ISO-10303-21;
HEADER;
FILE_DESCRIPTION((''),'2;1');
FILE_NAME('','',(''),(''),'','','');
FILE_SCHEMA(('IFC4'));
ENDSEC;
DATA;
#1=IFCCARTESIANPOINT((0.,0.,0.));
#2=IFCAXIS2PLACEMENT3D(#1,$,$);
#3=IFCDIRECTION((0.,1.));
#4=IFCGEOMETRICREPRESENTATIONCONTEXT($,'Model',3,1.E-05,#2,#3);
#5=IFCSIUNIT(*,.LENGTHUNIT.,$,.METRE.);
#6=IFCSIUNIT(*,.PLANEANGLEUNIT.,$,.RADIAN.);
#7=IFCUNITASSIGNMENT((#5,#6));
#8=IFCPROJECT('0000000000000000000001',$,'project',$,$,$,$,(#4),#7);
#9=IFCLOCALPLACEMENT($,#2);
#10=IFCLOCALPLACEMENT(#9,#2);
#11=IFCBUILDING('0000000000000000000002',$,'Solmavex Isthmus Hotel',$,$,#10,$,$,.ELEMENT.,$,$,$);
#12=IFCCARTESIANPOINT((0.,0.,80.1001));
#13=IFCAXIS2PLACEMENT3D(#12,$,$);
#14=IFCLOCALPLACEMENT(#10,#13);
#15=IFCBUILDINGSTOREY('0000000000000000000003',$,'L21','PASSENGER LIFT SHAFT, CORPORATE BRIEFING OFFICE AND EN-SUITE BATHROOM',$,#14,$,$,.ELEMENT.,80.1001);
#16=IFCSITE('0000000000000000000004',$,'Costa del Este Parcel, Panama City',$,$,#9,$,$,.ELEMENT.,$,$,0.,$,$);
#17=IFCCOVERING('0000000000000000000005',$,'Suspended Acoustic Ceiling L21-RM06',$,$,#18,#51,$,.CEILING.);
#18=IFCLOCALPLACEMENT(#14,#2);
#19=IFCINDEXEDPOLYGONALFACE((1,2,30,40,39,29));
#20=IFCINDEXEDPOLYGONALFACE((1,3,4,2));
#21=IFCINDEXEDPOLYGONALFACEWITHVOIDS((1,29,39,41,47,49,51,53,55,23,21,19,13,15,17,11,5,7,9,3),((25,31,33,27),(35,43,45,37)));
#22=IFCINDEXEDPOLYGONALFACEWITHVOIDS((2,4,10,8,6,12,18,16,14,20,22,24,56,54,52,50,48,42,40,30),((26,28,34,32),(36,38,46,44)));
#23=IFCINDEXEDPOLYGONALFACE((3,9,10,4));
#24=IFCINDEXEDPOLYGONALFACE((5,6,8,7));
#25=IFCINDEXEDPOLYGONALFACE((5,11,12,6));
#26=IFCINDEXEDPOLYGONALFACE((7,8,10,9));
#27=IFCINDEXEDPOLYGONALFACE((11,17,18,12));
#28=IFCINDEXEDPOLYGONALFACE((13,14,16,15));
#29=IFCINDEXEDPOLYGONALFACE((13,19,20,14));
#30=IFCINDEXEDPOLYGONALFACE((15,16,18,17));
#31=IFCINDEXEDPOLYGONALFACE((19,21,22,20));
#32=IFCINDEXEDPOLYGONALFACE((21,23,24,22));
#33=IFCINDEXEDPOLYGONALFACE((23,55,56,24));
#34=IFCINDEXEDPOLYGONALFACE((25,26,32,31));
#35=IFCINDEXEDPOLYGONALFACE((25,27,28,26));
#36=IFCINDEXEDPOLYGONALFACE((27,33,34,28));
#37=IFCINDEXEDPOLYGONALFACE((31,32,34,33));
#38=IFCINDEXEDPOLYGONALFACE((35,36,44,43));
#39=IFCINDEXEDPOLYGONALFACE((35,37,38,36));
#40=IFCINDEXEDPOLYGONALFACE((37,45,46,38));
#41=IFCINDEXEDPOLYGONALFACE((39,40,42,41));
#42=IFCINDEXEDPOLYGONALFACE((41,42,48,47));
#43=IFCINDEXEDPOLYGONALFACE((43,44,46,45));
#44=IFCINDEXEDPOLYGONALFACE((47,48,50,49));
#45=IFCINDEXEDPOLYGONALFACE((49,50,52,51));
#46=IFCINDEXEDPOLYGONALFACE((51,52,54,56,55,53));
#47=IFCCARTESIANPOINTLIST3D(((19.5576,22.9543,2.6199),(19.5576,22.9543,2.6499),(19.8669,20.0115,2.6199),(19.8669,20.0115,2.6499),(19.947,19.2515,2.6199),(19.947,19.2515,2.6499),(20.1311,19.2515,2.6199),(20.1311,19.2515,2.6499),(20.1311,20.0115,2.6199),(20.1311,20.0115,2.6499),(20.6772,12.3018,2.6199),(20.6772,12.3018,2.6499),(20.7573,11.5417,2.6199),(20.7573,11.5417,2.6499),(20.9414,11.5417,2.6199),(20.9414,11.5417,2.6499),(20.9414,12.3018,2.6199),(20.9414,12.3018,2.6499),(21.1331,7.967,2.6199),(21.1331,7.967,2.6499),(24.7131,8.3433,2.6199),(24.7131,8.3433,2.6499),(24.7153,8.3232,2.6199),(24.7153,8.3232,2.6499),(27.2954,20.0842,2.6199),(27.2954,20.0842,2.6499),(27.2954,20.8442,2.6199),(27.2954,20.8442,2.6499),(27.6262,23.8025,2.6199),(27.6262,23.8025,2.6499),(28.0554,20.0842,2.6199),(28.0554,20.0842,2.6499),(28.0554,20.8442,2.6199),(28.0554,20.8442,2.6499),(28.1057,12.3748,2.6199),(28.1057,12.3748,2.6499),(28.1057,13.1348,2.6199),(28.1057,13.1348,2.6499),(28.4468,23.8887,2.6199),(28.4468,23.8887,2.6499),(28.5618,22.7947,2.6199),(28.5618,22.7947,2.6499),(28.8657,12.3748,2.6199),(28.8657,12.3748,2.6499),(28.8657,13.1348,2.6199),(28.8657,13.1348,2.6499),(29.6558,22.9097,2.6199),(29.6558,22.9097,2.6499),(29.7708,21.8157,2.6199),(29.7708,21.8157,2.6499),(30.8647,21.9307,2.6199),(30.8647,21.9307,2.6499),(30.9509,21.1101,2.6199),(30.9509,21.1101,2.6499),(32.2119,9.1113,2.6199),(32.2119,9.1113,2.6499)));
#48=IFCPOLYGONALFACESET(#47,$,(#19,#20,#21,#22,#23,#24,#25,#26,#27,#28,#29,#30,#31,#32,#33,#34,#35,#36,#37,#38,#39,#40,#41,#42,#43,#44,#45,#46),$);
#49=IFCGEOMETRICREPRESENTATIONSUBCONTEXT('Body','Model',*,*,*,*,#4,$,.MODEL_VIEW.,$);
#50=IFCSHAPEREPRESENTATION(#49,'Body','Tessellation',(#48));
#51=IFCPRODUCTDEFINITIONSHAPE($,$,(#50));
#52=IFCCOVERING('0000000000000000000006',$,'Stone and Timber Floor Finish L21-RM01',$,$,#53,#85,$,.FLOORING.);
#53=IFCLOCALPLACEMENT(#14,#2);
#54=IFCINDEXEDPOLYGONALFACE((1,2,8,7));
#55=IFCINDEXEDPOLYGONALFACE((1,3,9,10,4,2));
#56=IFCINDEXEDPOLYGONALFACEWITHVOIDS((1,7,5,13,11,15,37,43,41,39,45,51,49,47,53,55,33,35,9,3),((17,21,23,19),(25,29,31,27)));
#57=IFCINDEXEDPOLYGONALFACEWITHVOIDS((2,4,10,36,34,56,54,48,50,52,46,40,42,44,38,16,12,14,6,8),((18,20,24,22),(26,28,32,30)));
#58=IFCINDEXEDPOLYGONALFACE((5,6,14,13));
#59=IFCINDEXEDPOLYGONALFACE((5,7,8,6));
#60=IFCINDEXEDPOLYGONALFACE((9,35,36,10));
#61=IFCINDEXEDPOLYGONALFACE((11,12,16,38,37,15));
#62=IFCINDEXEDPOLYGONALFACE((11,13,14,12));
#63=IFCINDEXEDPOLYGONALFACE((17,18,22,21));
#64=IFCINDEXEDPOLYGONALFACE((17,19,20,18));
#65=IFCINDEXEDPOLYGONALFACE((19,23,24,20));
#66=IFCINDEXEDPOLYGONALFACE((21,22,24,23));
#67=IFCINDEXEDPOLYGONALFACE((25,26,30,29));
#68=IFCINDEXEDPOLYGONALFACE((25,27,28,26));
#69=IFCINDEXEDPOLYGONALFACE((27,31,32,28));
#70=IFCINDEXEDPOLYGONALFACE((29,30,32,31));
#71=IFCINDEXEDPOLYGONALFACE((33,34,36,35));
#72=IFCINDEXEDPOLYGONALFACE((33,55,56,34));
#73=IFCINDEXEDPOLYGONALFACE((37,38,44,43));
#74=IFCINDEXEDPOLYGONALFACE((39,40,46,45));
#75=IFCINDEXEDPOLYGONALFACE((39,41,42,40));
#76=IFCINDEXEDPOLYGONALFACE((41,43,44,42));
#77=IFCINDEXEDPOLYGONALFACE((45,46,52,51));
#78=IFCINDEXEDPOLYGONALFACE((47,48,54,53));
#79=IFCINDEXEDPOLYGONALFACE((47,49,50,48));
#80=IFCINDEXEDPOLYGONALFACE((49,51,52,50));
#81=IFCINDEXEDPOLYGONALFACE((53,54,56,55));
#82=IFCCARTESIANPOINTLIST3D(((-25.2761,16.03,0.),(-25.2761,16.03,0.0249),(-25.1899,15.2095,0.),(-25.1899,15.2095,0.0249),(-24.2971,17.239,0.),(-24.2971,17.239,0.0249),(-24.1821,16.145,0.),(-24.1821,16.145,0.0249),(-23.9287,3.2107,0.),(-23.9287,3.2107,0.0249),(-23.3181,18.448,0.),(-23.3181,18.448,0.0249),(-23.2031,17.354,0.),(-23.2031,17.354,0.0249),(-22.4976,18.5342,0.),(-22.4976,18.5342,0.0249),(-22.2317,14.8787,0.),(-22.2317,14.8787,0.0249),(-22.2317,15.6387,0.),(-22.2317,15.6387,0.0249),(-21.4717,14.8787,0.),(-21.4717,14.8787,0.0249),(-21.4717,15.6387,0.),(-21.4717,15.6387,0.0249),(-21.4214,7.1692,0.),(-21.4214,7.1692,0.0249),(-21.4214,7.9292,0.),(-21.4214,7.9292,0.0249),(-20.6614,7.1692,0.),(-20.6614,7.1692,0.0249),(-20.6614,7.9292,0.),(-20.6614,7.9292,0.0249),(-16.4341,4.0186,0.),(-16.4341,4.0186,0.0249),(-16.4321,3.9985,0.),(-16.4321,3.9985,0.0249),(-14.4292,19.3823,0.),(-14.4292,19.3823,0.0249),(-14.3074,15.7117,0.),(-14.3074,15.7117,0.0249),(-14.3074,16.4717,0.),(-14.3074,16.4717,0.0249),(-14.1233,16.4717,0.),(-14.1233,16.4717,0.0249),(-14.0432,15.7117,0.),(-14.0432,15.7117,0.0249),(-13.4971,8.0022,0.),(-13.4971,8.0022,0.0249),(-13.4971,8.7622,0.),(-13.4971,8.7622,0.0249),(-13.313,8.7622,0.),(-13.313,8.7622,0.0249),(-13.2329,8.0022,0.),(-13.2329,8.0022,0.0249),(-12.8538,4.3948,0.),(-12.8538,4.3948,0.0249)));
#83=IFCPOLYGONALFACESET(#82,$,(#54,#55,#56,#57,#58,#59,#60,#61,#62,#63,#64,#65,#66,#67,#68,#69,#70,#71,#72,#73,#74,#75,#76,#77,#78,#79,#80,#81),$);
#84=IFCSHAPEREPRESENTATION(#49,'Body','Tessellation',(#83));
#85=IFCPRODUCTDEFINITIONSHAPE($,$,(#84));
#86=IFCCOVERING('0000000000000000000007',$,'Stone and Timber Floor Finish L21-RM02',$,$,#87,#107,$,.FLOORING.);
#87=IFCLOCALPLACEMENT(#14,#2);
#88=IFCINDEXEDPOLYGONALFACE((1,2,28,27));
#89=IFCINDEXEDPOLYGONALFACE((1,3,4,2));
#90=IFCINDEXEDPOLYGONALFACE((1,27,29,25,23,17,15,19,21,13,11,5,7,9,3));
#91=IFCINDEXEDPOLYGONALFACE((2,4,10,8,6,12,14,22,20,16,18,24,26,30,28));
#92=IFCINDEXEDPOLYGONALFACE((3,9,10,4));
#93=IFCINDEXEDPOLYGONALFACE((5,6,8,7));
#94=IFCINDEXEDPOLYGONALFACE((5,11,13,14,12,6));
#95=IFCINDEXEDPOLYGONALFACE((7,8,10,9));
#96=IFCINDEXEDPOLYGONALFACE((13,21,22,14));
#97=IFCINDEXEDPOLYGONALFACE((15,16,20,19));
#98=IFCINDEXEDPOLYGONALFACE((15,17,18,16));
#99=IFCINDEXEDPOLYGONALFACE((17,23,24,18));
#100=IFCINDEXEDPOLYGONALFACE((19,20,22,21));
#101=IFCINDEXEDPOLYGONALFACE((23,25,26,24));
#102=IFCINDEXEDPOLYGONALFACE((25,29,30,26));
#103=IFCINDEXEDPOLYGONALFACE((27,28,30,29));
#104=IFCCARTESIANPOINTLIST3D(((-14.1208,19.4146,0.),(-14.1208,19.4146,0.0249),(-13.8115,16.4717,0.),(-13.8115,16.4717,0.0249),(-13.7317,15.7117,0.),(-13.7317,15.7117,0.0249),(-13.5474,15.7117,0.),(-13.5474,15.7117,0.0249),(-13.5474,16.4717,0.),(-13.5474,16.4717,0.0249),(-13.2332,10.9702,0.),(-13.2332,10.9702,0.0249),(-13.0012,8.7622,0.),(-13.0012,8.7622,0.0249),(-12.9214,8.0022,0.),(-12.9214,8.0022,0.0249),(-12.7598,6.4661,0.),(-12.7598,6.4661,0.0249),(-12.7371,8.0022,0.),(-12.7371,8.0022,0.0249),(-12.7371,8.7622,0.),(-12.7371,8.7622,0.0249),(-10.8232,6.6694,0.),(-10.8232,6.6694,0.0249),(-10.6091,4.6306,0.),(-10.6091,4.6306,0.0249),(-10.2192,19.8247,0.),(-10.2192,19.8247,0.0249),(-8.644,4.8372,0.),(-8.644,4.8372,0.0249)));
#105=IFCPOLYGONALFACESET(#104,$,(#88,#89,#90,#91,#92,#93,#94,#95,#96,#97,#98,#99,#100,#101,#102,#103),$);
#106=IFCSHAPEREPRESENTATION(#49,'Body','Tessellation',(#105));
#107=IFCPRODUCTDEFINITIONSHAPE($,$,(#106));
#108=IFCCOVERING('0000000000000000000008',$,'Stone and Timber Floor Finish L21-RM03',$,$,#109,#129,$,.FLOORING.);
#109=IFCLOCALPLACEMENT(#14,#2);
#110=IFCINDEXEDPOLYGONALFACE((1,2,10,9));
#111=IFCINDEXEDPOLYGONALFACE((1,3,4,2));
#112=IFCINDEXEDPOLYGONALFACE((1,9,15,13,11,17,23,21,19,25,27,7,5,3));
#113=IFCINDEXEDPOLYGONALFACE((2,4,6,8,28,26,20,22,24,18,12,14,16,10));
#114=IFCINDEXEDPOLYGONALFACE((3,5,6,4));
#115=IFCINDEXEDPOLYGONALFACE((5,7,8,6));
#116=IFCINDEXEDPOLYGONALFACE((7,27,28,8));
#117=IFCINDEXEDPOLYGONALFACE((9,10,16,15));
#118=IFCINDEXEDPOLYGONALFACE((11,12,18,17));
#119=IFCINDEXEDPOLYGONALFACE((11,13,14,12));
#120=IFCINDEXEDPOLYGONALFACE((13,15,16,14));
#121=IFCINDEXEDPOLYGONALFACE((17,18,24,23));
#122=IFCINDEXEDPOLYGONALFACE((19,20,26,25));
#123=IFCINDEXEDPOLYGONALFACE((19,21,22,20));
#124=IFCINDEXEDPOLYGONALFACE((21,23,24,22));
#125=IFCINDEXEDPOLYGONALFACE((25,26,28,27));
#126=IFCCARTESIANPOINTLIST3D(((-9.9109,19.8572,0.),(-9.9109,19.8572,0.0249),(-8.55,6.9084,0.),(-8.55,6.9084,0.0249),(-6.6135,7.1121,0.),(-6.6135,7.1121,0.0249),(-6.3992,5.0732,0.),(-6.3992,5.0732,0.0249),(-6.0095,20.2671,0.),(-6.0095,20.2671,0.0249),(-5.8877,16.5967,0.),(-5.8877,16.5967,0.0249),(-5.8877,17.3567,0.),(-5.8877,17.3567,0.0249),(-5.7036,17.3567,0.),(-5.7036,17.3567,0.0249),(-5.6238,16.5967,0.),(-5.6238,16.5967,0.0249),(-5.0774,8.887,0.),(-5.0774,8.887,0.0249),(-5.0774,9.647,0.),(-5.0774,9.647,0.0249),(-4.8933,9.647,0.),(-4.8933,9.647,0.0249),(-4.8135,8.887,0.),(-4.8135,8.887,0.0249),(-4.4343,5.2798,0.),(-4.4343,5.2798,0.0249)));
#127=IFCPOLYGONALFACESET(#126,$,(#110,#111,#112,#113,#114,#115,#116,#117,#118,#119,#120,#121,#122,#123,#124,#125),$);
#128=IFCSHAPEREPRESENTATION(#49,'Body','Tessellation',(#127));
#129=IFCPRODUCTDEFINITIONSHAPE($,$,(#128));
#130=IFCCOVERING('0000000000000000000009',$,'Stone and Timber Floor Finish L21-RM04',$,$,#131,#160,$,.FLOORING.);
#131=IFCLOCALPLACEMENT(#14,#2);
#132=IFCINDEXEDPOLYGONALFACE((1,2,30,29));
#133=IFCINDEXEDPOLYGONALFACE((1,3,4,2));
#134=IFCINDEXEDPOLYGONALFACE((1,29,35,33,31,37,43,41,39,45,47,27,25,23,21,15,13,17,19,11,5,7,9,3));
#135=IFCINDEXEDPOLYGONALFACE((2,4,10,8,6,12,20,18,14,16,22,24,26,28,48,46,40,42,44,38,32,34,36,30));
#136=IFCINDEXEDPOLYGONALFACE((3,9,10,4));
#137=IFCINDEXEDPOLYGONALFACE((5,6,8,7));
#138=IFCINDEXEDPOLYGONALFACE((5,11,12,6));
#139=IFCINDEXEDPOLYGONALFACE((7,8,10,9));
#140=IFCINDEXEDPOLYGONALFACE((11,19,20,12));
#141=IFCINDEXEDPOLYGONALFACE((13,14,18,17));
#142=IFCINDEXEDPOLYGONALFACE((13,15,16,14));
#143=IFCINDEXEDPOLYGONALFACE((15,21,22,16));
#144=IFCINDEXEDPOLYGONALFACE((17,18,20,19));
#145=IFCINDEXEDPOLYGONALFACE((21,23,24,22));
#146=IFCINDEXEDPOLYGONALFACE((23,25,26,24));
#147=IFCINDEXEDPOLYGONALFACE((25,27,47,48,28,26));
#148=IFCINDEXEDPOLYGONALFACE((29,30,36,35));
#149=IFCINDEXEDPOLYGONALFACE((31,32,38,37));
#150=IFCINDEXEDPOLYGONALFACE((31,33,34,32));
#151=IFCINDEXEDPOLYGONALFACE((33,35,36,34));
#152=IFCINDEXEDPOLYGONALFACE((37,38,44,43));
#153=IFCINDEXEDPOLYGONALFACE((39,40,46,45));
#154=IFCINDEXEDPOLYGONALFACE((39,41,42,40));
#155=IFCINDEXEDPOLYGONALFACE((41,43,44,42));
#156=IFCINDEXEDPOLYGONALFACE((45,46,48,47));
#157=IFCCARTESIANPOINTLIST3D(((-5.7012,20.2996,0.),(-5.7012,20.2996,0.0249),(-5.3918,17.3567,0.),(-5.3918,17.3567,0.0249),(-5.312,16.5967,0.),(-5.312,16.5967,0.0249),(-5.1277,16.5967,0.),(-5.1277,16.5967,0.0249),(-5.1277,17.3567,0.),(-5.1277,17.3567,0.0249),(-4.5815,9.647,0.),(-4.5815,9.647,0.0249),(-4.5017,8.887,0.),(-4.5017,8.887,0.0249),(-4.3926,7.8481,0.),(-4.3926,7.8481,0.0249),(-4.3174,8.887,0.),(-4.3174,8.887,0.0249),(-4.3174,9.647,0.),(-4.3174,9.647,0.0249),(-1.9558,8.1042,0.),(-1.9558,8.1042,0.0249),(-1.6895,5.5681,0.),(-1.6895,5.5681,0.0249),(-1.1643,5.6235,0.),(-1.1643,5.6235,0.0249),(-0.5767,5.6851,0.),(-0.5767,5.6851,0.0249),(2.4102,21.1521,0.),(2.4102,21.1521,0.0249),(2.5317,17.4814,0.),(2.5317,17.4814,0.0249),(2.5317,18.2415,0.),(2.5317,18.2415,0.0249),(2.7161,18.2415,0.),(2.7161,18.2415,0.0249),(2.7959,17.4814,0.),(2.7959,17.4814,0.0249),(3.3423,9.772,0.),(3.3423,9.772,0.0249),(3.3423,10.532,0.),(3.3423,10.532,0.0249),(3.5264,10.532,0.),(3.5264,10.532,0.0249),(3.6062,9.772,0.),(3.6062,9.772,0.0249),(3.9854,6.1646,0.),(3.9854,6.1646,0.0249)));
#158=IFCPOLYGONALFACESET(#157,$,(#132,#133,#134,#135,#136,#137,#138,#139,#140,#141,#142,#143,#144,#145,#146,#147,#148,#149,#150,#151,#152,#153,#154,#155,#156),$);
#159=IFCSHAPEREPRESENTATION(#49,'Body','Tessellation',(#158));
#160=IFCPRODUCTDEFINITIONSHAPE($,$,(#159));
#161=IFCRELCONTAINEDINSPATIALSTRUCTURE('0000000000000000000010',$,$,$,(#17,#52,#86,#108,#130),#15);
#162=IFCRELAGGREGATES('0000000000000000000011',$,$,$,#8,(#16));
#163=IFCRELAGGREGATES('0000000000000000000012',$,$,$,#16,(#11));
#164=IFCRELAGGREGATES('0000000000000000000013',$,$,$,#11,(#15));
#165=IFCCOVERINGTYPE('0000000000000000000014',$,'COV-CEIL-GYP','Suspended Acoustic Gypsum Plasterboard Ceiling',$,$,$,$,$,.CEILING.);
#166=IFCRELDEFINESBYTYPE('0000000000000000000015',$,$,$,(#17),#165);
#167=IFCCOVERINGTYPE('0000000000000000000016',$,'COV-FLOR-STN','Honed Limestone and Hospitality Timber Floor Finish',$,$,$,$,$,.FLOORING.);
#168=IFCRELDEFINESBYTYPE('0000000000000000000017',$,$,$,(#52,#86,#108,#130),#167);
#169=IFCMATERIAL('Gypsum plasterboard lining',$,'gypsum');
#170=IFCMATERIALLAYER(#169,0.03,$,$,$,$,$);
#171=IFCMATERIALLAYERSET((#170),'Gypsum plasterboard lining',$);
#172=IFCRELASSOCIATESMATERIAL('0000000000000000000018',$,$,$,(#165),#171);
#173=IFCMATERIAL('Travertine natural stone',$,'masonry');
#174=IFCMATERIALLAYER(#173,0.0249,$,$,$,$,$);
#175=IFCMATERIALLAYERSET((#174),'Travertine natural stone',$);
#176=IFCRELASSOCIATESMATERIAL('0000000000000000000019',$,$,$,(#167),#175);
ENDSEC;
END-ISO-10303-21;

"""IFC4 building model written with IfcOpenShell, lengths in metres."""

from ifc_helpers import new_model, si_unit, direction, frame, origin, place, context, subcontext, project, spatial, polyline, outline, extrude, material, layer, layer_set, type_object, element, save


model = new_model("IFC4")

# Units and contexts
model_context = context("Model", 3, precision=1e-05, world=origin(), true_north=direction((0.0, 1.0)))
body_context = subcontext(model_context, "Body", "Model", "MODEL_VIEW")
ifc_project = project(units=[si_unit("LENGTHUNIT", "METRE"), si_unit("PLANEANGLEUNIT", "RADIAN")], contexts=[model_context])

# Site, building, storey
site_placement = place(None, origin())
site = spatial("IfcSite", under=ifc_project, at=site_placement, Name="Costa del Este Parcel, Panama City", CompositionType="ELEMENT", RefElevation=0.0)
building_placement = place(site_placement, origin())
building = spatial("IfcBuilding", under=site, at=building_placement, Name="Solmavex Isthmus Hotel", CompositionType="ELEMENT")
storey_placement = place(building_placement, frame((0.0, 0.0, 80.1001)))
storey = spatial("IfcBuildingStorey", under=building, at=storey_placement, Name="L21", Description="PASSENGER LIFT SHAFT, CORPORATE BRIEFING OFFICE AND EN-SUITE BATHROOM", CompositionType="ELEMENT", Elevation=80.1001)

# Shared definitions
ifc_material_1 = material(Name="Gypsum plasterboard lining", Category="gypsum")

# Coverings
ifc_layer_1 = layer(ifc_material_1, 0.03)
ifc_layer_set_1 = layer_set([ifc_layer_1], Name="Gypsum plasterboard lining")
covering_type_1 = type_object("IfcCoveringType", Name="COV-CEIL-GYP", Description="Suspended Acoustic Gypsum Plasterboard Ceiling", PredefinedType="CEILING", material=ifc_layer_set_1)
covering_1_placement = place(storey_placement, frame((0.0, 0.0, 2.6199)))
element("IfcCovering", 1, at=covering_1_placement, inside=storey, type_object=covering_type_1, Name="Suspended Acoustic Ceiling L21-RM06", PredefinedType="CEILING", context=body_context, shape_type="SweptSolid", body=[
    extrude(outline(polyline([(20.6772, 12.3018), (20.9414, 12.3018), (20.9414, 11.5417), (20.7573, 11.5417), (21.1331, 7.967), (24.7131, 8.3433), (24.7153, 8.3232), (32.2119, 9.1113), (30.9509, 21.1101), (30.8647, 21.9307), (29.7708, 21.8157), (29.6558, 22.9097), (28.5618, 22.7947), (28.4468, 23.8887), (27.6262, 23.8025), (19.5576, 22.9543), (19.8669, 20.0115), (20.1311, 20.0115), (20.1311, 19.2515), (19.947, 19.2515), (20.6772, 12.3018)]), holes=[polyline([(28.1057, 12.3748), (28.1057, 13.1348), (28.8657, 13.1348), (28.8657, 12.3748), (28.1057, 12.3748)]), polyline([(27.2954, 20.8442), (28.0554, 20.8442), (28.0554, 20.0842), (27.2954, 20.0842), (27.2954, 20.8442)])]), origin(), (0.0, 0.0, 1.0), 0.03),
])
ifc_material_2 = material(Name="Travertine natural stone", Category="masonry")
ifc_layer_2 = layer(ifc_material_2, 0.0249)
ifc_layer_set_2 = layer_set([ifc_layer_2], Name="Travertine natural stone")
covering_type_2 = type_object("IfcCoveringType", Name="COV-FLOR-STN", Description="Honed Limestone and Hospitality Timber Floor Finish", PredefinedType="FLOORING", material=ifc_layer_set_2)
covering_2_placement = place(storey_placement, origin())
element("IfcCovering", 2, at=covering_2_placement, inside=storey, type_object=covering_type_2, Name="Stone and Timber Floor Finish L21-RM01", PredefinedType="FLOORING", context=body_context, shape_type="SweptSolid", body=[
    extrude(outline(polyline([(-16.4321, 3.9985), (-16.4341, 4.0186), (-12.8538, 4.3948), (-13.2329, 8.0022), (-13.4971, 8.0022), (-13.4971, 8.7622), (-13.313, 8.7622), (-14.0432, 15.7117), (-14.3074, 15.7117), (-14.3074, 16.4717), (-14.1233, 16.4717), (-14.4292, 19.3823), (-22.4976, 18.5342), (-23.3181, 18.448), (-23.2031, 17.354), (-24.2971, 17.239), (-24.1821, 16.145), (-25.2761, 16.03), (-25.1899, 15.2095), (-23.9287, 3.2107), (-16.4321, 3.9985)]), holes=[polyline([(-21.4214, 7.1692), (-21.4214, 7.9292), (-20.6614, 7.9292), (-20.6614, 7.1692), (-21.4214, 7.1692)]), polyline([(-22.2317, 14.8787), (-22.2317, 15.6387), (-21.4717, 15.6387), (-21.4717, 14.8787), (-22.2317, 14.8787)])]), origin(), (0.0, 0.0, 1.0), 0.0249),
])
covering_3_placement = place(storey_placement, origin())
element("IfcCovering", 3, at=covering_3_placement, inside=storey, type_object=covering_type_2, Name="Stone and Timber Floor Finish L21-RM02", PredefinedType="FLOORING", context=body_context, shape_type="SweptSolid", body=[
    extrude(outline(polyline([(-13.8115, 16.4717), (-13.5474, 16.4717), (-13.5474, 15.7117), (-13.7317, 15.7117), (-13.2332, 10.9702), (-13.0012, 8.7622), (-12.7371, 8.7622), (-12.7371, 8.0022), (-12.9214, 8.0022), (-12.7598, 6.4661), (-10.8232, 6.6694), (-10.6091, 4.6306), (-8.644, 4.8372), (-10.2192, 19.8247), (-14.1208, 19.4146), (-13.8115, 16.4717)])), origin(), (0.0, 0.0, 1.0), 0.0249),
])
covering_4_placement = place(storey_placement, origin())
element("IfcCovering", 4, at=covering_4_placement, inside=storey, type_object=covering_type_2, Name="Stone and Timber Floor Finish L21-RM03", PredefinedType="FLOORING", context=body_context, shape_type="SweptSolid", body=[
    extrude(outline(polyline([(-5.6238, 16.5967), (-5.8877, 16.5967), (-5.8877, 17.3567), (-5.7036, 17.3567), (-6.0095, 20.2671), (-9.9109, 19.8572), (-8.55, 6.9084), (-6.6135, 7.1121), (-6.3992, 5.0732), (-4.4343, 5.2798), (-4.8135, 8.887), (-5.0774, 8.887), (-5.0774, 9.647), (-4.8933, 9.647), (-5.6238, 16.5967)])), origin(), (0.0, 0.0, 1.0), 0.0249),
])
covering_5_placement = place(storey_placement, origin())
element("IfcCovering", 5, at=covering_5_placement, inside=storey, type_object=covering_type_2, Name="Stone and Timber Floor Finish L21-RM04", PredefinedType="FLOORING", context=body_context, shape_type="SweptSolid", body=[
    extrude(outline(polyline([(-4.5815, 9.647), (-4.3174, 9.647), (-4.3174, 8.887), (-4.5017, 8.887), (-4.3926, 7.8481), (-1.9558, 8.1042), (-1.6895, 5.5681), (-1.1643, 5.6235), (-0.5767, 5.6851), (3.9854, 6.1646), (3.6062, 9.772), (3.3423, 9.772), (3.3423, 10.532), (3.5264, 10.532), (2.7959, 17.4814), (2.5317, 17.4814), (2.5317, 18.2415), (2.7161, 18.2415), (2.4102, 21.1521), (-5.7012, 20.2996), (-5.3918, 17.3567), (-5.1277, 17.3567), (-5.1277, 16.5967), (-5.312, 16.5967), (-4.5815, 9.647)])), origin(), (0.0, 0.0, 1.0), 0.0249),
])

save(model, "model.ifc")
